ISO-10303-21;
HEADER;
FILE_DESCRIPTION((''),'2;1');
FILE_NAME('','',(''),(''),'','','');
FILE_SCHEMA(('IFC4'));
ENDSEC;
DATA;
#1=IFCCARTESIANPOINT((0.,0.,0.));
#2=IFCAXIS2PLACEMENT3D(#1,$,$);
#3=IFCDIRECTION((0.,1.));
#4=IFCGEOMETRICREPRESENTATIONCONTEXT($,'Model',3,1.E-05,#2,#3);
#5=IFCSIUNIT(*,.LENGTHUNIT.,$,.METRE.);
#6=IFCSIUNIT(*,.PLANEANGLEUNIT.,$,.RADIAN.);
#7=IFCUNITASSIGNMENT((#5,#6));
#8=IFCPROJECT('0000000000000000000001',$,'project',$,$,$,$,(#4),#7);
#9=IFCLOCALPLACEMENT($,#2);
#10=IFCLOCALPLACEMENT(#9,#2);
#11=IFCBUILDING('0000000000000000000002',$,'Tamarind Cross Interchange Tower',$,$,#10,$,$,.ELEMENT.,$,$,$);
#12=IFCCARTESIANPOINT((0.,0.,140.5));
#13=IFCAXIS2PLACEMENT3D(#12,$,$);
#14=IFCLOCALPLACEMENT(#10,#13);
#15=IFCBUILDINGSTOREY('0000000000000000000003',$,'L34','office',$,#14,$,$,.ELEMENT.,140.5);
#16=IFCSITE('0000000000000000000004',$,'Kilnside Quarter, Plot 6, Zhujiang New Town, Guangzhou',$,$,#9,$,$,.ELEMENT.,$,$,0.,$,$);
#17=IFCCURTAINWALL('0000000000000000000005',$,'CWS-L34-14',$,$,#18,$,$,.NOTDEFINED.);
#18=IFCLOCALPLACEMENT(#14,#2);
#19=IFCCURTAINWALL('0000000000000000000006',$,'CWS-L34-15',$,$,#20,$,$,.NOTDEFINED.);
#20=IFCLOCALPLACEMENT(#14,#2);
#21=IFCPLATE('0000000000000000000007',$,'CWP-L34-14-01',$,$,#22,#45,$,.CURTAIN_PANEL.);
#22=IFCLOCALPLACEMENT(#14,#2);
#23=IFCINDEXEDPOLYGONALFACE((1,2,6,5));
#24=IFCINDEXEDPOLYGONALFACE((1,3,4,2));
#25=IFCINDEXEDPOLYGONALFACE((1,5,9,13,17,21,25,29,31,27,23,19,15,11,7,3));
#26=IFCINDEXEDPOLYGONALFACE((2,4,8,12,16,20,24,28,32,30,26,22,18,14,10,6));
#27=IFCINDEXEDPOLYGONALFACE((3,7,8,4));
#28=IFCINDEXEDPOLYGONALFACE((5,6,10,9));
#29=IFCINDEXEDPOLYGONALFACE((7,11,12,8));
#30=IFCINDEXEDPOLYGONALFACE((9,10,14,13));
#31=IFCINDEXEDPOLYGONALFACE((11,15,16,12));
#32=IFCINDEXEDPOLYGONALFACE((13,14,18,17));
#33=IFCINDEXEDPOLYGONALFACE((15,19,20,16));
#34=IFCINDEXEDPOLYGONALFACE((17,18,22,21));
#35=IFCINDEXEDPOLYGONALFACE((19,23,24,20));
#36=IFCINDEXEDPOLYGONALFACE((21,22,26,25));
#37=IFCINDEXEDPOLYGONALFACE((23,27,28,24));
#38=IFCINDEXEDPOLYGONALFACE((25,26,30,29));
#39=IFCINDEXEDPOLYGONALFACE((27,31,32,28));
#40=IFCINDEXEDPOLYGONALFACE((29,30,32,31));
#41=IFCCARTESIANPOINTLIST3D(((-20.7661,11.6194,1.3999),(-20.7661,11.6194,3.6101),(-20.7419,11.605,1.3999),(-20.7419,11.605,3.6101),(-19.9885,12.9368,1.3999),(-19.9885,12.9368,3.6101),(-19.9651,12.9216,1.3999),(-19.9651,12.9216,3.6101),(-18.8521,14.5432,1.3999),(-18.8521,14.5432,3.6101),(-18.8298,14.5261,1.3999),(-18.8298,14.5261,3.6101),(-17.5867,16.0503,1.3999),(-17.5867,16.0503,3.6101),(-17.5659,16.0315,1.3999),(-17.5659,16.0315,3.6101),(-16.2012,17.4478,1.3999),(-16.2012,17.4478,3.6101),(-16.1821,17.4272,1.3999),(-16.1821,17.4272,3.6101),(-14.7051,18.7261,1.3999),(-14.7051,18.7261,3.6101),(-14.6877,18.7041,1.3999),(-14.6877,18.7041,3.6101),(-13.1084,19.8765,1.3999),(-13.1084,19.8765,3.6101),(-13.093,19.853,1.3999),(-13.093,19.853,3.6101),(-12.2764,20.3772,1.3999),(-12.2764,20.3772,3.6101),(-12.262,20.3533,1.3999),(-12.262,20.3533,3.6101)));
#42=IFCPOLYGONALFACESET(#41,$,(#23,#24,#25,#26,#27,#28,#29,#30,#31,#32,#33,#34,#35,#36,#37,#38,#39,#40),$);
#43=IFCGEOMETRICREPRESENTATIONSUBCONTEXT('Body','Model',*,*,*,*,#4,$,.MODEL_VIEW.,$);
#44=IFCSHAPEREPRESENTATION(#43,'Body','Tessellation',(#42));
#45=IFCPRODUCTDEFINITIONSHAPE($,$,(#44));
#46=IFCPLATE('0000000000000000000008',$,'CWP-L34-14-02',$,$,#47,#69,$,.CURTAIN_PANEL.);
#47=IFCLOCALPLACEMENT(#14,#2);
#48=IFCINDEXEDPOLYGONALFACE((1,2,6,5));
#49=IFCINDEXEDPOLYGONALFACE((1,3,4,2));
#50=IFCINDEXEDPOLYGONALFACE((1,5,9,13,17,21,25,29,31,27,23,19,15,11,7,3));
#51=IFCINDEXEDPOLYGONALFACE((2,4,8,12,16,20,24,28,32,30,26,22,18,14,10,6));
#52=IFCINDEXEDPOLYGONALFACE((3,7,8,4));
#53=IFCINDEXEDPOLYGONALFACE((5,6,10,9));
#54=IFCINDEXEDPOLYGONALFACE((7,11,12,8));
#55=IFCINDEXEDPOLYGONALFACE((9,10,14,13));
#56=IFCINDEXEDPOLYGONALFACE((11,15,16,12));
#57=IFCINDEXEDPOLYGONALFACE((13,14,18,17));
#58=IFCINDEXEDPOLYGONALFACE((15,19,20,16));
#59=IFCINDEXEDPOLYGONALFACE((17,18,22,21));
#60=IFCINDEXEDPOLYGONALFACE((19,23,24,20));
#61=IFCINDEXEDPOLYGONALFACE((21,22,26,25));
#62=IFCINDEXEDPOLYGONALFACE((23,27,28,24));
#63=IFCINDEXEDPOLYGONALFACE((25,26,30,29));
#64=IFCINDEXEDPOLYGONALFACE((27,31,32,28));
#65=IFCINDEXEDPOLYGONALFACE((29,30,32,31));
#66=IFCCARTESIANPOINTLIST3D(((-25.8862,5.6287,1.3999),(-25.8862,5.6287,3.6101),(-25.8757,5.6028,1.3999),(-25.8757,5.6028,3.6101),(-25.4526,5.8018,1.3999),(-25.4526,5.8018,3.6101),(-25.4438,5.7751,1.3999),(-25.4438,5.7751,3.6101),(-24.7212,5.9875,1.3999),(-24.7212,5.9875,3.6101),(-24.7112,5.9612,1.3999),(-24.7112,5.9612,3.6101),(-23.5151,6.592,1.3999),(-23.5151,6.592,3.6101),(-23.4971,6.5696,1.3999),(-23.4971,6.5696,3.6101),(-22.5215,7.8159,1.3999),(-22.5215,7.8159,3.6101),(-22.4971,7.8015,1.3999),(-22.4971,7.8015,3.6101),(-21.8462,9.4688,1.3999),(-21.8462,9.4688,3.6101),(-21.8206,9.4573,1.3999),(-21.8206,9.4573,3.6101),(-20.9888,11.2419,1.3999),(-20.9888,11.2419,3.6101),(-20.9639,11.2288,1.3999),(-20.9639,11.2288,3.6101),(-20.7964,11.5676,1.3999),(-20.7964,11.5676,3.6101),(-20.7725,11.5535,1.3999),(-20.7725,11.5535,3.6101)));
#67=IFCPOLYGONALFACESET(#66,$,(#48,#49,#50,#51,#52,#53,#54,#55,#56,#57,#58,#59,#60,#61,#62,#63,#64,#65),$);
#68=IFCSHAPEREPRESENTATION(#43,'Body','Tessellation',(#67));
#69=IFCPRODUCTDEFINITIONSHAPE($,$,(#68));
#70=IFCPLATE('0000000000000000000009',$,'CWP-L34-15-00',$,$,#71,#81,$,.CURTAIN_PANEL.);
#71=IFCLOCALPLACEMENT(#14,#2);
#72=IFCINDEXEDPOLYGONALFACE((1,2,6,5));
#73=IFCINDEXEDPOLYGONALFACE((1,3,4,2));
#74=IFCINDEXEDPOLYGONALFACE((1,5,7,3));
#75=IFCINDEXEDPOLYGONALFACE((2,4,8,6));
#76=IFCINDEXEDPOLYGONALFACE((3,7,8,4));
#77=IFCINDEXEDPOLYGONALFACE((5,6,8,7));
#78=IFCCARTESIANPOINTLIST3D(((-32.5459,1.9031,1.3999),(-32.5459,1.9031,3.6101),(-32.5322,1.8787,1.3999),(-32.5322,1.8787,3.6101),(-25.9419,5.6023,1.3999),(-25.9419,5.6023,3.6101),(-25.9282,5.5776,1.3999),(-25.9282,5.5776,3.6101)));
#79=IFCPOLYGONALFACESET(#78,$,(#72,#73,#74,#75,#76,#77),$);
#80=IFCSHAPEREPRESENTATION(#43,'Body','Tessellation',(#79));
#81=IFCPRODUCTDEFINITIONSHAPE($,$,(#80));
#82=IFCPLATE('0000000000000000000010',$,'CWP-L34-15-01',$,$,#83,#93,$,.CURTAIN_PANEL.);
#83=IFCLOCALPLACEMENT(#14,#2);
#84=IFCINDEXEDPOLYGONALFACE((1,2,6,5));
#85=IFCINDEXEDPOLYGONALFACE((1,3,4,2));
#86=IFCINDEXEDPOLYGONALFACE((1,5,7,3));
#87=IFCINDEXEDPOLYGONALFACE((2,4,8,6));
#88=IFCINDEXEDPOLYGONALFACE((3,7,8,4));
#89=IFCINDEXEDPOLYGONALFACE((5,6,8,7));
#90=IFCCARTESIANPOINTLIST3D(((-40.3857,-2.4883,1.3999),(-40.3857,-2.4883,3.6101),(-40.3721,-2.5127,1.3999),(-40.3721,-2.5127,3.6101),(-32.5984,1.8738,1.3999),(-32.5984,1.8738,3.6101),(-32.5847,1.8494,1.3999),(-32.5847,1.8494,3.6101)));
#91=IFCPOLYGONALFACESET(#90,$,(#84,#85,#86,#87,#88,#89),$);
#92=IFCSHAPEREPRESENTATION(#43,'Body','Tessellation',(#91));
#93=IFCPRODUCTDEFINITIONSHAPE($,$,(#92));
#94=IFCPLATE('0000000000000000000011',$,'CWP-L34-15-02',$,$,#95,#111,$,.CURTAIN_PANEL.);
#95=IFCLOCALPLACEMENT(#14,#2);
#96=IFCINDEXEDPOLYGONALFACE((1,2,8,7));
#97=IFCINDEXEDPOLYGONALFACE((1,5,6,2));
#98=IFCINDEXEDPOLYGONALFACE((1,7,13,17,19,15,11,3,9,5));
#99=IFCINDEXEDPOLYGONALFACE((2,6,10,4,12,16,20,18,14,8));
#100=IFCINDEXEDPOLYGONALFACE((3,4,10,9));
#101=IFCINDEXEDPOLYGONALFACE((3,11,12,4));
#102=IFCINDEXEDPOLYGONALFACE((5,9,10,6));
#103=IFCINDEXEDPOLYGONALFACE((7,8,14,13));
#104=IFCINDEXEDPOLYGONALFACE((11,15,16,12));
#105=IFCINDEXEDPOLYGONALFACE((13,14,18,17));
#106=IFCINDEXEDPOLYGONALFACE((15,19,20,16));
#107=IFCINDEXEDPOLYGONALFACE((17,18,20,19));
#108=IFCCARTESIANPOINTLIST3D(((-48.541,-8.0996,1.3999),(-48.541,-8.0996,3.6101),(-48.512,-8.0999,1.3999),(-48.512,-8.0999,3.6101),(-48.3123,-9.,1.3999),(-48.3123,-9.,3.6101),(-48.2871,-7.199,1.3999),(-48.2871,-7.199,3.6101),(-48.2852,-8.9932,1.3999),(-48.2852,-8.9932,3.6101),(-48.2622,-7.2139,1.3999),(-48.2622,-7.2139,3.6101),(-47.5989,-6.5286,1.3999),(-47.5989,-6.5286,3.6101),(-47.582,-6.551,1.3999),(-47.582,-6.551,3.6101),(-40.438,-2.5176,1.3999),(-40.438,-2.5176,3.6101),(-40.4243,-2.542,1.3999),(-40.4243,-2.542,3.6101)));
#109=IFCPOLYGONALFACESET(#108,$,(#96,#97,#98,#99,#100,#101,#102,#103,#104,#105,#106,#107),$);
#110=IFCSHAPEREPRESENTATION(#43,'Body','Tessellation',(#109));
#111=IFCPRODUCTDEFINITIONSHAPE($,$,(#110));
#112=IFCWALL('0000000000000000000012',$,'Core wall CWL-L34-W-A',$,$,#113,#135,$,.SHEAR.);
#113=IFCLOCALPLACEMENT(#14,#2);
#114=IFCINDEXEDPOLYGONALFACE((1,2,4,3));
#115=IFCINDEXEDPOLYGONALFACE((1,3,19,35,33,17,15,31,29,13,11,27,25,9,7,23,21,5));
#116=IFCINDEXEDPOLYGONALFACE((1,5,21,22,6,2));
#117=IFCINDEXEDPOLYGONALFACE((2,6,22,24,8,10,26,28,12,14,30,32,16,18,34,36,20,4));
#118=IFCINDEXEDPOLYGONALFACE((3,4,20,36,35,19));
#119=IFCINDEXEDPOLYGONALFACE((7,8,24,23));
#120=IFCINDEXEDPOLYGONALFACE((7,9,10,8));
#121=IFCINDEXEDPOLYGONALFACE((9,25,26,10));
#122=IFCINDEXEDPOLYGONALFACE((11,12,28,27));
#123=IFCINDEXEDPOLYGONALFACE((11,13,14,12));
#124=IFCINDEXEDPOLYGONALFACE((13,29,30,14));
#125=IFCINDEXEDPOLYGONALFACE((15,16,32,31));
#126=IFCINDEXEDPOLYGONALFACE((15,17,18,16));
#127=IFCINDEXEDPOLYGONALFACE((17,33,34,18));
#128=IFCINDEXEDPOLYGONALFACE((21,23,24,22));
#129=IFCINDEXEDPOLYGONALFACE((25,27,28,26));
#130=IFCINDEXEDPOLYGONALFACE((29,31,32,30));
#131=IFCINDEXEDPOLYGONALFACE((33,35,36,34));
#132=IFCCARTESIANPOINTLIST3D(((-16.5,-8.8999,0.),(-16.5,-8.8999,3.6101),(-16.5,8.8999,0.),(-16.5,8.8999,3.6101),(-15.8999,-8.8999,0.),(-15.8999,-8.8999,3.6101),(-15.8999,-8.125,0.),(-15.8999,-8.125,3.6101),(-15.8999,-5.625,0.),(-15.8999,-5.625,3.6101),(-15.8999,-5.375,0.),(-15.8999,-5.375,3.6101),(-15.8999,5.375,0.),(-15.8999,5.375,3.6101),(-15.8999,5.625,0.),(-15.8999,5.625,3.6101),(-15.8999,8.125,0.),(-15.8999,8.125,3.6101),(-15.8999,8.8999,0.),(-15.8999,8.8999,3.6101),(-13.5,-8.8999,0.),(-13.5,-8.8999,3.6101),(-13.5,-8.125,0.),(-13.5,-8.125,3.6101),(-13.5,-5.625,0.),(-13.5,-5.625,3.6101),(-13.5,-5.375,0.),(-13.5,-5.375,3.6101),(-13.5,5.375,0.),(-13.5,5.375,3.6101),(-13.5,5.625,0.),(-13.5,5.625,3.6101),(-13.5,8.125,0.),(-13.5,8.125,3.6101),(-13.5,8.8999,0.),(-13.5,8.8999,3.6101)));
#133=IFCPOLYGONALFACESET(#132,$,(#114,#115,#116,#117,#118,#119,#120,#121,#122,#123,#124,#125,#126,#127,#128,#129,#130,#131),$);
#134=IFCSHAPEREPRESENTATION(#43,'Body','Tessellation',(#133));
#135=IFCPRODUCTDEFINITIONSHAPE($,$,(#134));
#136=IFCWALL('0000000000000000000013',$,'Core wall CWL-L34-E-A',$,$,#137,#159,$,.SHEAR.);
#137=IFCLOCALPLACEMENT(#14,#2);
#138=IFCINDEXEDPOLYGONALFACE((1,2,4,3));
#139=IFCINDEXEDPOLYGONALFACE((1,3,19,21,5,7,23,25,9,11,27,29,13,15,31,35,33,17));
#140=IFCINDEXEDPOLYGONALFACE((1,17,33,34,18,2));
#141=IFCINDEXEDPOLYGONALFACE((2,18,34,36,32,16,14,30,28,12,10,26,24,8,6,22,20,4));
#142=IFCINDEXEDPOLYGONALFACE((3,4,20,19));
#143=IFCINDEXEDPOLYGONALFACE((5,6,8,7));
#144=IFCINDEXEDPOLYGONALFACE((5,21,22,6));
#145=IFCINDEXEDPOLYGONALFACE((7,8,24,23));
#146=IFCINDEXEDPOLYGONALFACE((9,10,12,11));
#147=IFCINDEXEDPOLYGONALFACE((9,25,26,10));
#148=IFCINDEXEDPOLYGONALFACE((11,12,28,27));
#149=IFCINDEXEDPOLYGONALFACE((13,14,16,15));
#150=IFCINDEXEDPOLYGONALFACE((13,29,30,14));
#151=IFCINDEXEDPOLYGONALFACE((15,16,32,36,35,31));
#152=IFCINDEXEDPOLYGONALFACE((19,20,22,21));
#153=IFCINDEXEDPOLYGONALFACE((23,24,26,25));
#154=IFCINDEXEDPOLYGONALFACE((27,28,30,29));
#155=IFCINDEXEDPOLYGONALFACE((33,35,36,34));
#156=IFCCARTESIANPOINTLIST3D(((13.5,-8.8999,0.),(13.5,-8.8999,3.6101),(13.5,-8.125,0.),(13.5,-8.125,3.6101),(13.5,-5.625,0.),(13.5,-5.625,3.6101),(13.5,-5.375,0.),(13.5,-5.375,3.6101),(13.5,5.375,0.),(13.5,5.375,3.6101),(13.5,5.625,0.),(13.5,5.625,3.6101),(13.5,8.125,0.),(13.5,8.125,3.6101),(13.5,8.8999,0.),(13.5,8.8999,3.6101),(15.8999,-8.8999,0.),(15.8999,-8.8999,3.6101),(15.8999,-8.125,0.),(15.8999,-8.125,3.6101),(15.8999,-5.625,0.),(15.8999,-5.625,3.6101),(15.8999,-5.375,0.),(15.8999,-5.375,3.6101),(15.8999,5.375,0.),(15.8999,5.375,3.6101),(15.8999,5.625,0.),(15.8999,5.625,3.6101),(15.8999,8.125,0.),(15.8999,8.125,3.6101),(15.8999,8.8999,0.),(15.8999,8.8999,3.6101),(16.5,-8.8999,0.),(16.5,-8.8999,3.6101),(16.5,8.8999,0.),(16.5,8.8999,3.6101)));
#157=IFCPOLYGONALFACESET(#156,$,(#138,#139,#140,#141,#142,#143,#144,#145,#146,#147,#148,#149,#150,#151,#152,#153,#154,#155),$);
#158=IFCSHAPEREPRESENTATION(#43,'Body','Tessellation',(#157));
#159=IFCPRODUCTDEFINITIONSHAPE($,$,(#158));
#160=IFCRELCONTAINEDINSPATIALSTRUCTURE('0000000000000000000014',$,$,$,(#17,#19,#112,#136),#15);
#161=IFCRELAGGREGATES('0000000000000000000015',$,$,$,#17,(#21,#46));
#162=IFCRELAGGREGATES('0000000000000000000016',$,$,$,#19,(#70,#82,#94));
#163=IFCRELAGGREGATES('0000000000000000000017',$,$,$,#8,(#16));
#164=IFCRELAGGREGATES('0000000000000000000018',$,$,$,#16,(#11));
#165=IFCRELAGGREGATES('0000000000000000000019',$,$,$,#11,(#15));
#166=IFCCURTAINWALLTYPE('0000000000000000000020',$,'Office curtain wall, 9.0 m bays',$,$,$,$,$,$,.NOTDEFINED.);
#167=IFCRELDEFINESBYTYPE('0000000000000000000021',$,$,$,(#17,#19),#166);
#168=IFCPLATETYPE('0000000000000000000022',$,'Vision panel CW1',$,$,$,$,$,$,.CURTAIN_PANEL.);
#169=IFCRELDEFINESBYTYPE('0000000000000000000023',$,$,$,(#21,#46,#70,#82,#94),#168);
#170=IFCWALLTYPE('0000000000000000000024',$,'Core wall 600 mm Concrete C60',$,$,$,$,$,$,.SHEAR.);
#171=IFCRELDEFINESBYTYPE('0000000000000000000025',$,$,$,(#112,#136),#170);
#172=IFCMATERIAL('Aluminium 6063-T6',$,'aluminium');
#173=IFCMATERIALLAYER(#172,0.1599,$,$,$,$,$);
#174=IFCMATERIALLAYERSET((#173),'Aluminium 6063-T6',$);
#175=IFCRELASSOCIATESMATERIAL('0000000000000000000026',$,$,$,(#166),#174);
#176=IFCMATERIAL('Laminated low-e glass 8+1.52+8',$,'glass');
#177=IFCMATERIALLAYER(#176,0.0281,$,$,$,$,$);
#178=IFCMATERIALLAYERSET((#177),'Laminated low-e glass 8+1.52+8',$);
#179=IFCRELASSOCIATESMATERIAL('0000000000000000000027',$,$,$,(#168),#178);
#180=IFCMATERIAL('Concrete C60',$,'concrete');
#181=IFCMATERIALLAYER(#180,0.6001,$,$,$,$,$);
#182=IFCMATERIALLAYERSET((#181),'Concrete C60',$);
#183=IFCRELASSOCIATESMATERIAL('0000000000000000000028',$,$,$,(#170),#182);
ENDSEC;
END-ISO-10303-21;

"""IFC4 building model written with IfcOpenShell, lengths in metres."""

from ifc_helpers import new_model, si_unit, direction, frame, origin, place, context, subcontext, project, spatial, polyline, outline, extrude, material, layer, layer_set, type_object, element, aggregate, save


model = new_model("IFC4")

# Units and contexts
model_context = context("Model", 3, precision=1e-05, world=origin(), true_north=direction((0.0, 1.0)))
body_context = subcontext(model_context, "Body", "Model", "MODEL_VIEW")
ifc_project = project(units=[si_unit("LENGTHUNIT", "METRE"), si_unit("PLANEANGLEUNIT", "RADIAN")], contexts=[model_context])

# Site, building, storey
site_placement = place(None, origin())
site = spatial("IfcSite", under=ifc_project, at=site_placement, Name="Kilnside Quarter, Plot 6, Zhujiang New Town, Guangzhou", CompositionType="ELEMENT", RefElevation=0.0)
building_placement = place(site_placement, origin())
building = spatial("IfcBuilding", under=site, at=building_placement, Name="Tamarind Cross Interchange Tower", CompositionType="ELEMENT")
storey_placement = place(building_placement, frame((0.0, 0.0, 140.5)))
storey = spatial("IfcBuildingStorey", under=building, at=storey_placement, Name="L34", Description="office", CompositionType="ELEMENT", Elevation=140.5)

# Curtain walls
ifc_material_1 = material(Name="Aluminium 6063-T6", Category="aluminium")
ifc_layer_1 = layer(ifc_material_1, 0.1599)
ifc_layer_set_1 = layer_set([ifc_layer_1], Name="Aluminium 6063-T6")
curtain_wall_type = type_object("IfcCurtainWallType", Name="Office curtain wall, 9.0 m bays", PredefinedType="NOTDEFINED", material=ifc_layer_set_1)
curtain_wall_1_placement = place(storey_placement, origin())
curtain_wall_1 = element("IfcCurtainWall", 1, at=curtain_wall_1_placement, inside=storey, type_object=curtain_wall_type, Name="CWS-L34-14", PredefinedType="NOTDEFINED")
curtain_wall_2_placement = place(storey_placement, origin())
curtain_wall_2 = element("IfcCurtainWall", 2, at=curtain_wall_2_placement, inside=storey, type_object=curtain_wall_type, Name="CWS-L34-15", PredefinedType="NOTDEFINED")

# Plates
ifc_material_2 = material(Name="Laminated low-e glass 8+1.52+8", Category="glass")
ifc_layer_2 = layer(ifc_material_2, 0.0281)
ifc_layer_set_2 = layer_set([ifc_layer_2], Name="Laminated low-e glass 8+1.52+8")
plate_type = type_object("IfcPlateType", Name="Vision panel CW1", PredefinedType="CURTAIN_PANEL", material=ifc_layer_set_2)
plate_1_placement = place(storey_placement, frame((0.0, 0.0, 1.3999)))
plate_1 = element("IfcPlate", 3, at=plate_1_placement, type_object=plate_type, Name="CWP-L34-14-01", PredefinedType="CURTAIN_PANEL", context=body_context, shape_type="SweptSolid", body=[
    extrude(outline(polyline([(-12.262, 20.3533), (-13.093, 19.853), (-14.6877, 18.7041), (-16.1821, 17.4272), (-17.5659, 16.0315), (-18.8298, 14.5261), (-19.9651, 12.9216), (-20.7419, 11.605), (-20.7661, 11.6194), (-19.9885, 12.9368), (-18.8521, 14.5432), (-17.5867, 16.0503), (-16.2012, 17.4478), (-14.7051, 18.7261), (-13.1084, 19.8765), (-12.2764, 20.3772), (-12.262, 20.3533)])), origin(), (0.0, 0.0, 1.0), 2.2102),
])
plate_2_placement = place(storey_placement, frame((0.0, 0.0, 1.3999)))
plate_2 = element("IfcPlate", 4, at=plate_2_placement, type_object=plate_type, Name="CWP-L34-14-02", PredefinedType="CURTAIN_PANEL", context=body_context, shape_type="SweptSolid", body=[
    extrude(outline(polyline([(-20.7725, 11.5535), (-20.9639, 11.2288), (-21.8206, 9.4573), (-22.4971, 7.8015), (-23.4971, 6.5696), (-24.7112, 5.9612), (-25.4438, 5.7751), (-25.8757, 5.6028), (-25.8862, 5.6287), (-25.4526, 5.8018), (-24.7212, 5.9875), (-23.5151, 6.592), (-22.5215, 7.8159), (-21.8462, 9.4688), (-20.9888, 11.2419), (-20.7964, 11.5676), (-20.7725, 11.5535)])), origin(), (0.0, 0.0, 1.0), 2.2102),
])
aggregate(curtain_wall_1, [plate_1, plate_2])
plate_3_placement = place(storey_placement, frame((0.0, 0.0, 1.3999)))
plate_3 = element("IfcPlate", 5, at=plate_3_placement, type_object=plate_type, Name="CWP-L34-15-00", PredefinedType="CURTAIN_PANEL", context=body_context, shape_type="SweptSolid", body=[
    extrude(outline(polyline([(-25.9282, 5.5776), (-32.5322, 1.8787), (-32.5459, 1.9031), (-25.9419, 5.6023), (-25.9282, 5.5776)])), origin(), (0.0, 0.0, 1.0), 2.2102),
])
plate_4_placement = place(storey_placement, frame((0.0, 0.0, 1.3999)))
plate_4 = element("IfcPlate", 6, at=plate_4_placement, type_object=plate_type, Name="CWP-L34-15-01", PredefinedType="CURTAIN_PANEL", context=body_context, shape_type="SweptSolid", body=[
    extrude(outline(polyline([(-32.5847, 1.8494), (-40.3721, -2.5127), (-40.3857, -2.4883), (-32.5984, 1.8738), (-32.5847, 1.8494)])), origin(), (0.0, 0.0, 1.0), 2.2102),
])
plate_5_placement = place(storey_placement, frame((0.0, 0.0, 1.3999)))
plate_5 = element("IfcPlate", 7, at=plate_5_placement, type_object=plate_type, Name="CWP-L34-15-02", PredefinedType="CURTAIN_PANEL", context=body_context, shape_type="SweptSolid", body=[
    extrude(outline(polyline([(-40.4243, -2.542), (-47.582, -6.551), (-48.2622, -7.2139), (-48.512, -8.0999), (-48.2852, -8.9932), (-48.3123, -9.0), (-48.541, -8.0996), (-48.2871, -7.199), (-47.5989, -6.5286), (-40.438, -2.5176), (-40.4243, -2.542)])), origin(), (0.0, 0.0, 1.0), 2.2102),
])
aggregate(curtain_wall_2, [plate_3, plate_4, plate_5])

# Walls
ifc_material_3 = material(Name="Concrete C60", Category="concrete")
ifc_layer_3 = layer(ifc_material_3, 0.6001)
ifc_layer_set_3 = layer_set([ifc_layer_3], Name="Concrete C60")
wall_type_1 = type_object("IfcWallType", Name="Core wall 600 mm Concrete C60", PredefinedType="SHEAR", material=ifc_layer_set_3)
wall_1_placement = place(storey_placement, origin())
element("IfcWall", 8, at=wall_1_placement, inside=storey, type_object=wall_type_1, Name="Core wall CWL-L34-W-A", PredefinedType="SHEAR", context=body_context, shape_type="SweptSolid", body=[
    extrude(outline(polyline([(-13.5, -8.125), (-15.8999, -8.125), (-15.8999, -5.625), (-13.5, -5.625), (-13.5, -5.375), (-15.8999, -5.375), (-15.8999, 5.375), (-13.5, 5.375), (-13.5, 5.625), (-15.8999, 5.625), (-15.8999, 8.125), (-13.5, 8.125), (-13.5, 8.8999), (-15.8999, 8.8999), (-16.5, 8.8999), (-16.5, -8.8999), (-15.8999, -8.8999), (-13.5, -8.8999), (-13.5, -8.125)])), origin(), (0.0, 0.0, 1.0), 3.6101),
])
wall_2_placement = place(storey_placement, origin())
element("IfcWall", 9, at=wall_2_placement, inside=storey, type_object=wall_type_1, Name="Core wall CWL-L34-E-A", PredefinedType="SHEAR", context=body_context, shape_type="SweptSolid", body=[
    extrude(outline(polyline([(13.5, -8.125), (13.5, -8.8999), (15.8999, -8.8999), (16.5, -8.8999), (16.5, 8.8999), (15.8999, 8.8999), (13.5, 8.8999), (13.5, 8.125), (15.8999, 8.125), (15.8999, 5.625), (13.5, 5.625), (13.5, 5.375), (15.8999, 5.375), (15.8999, -5.375), (13.5, -5.375), (13.5, -5.625), (15.8999, -5.625), (15.8999, -8.125), (13.5, -8.125)])), origin(), (0.0, 0.0, 1.0), 3.6101),
])

save(model, "model.ifc")
